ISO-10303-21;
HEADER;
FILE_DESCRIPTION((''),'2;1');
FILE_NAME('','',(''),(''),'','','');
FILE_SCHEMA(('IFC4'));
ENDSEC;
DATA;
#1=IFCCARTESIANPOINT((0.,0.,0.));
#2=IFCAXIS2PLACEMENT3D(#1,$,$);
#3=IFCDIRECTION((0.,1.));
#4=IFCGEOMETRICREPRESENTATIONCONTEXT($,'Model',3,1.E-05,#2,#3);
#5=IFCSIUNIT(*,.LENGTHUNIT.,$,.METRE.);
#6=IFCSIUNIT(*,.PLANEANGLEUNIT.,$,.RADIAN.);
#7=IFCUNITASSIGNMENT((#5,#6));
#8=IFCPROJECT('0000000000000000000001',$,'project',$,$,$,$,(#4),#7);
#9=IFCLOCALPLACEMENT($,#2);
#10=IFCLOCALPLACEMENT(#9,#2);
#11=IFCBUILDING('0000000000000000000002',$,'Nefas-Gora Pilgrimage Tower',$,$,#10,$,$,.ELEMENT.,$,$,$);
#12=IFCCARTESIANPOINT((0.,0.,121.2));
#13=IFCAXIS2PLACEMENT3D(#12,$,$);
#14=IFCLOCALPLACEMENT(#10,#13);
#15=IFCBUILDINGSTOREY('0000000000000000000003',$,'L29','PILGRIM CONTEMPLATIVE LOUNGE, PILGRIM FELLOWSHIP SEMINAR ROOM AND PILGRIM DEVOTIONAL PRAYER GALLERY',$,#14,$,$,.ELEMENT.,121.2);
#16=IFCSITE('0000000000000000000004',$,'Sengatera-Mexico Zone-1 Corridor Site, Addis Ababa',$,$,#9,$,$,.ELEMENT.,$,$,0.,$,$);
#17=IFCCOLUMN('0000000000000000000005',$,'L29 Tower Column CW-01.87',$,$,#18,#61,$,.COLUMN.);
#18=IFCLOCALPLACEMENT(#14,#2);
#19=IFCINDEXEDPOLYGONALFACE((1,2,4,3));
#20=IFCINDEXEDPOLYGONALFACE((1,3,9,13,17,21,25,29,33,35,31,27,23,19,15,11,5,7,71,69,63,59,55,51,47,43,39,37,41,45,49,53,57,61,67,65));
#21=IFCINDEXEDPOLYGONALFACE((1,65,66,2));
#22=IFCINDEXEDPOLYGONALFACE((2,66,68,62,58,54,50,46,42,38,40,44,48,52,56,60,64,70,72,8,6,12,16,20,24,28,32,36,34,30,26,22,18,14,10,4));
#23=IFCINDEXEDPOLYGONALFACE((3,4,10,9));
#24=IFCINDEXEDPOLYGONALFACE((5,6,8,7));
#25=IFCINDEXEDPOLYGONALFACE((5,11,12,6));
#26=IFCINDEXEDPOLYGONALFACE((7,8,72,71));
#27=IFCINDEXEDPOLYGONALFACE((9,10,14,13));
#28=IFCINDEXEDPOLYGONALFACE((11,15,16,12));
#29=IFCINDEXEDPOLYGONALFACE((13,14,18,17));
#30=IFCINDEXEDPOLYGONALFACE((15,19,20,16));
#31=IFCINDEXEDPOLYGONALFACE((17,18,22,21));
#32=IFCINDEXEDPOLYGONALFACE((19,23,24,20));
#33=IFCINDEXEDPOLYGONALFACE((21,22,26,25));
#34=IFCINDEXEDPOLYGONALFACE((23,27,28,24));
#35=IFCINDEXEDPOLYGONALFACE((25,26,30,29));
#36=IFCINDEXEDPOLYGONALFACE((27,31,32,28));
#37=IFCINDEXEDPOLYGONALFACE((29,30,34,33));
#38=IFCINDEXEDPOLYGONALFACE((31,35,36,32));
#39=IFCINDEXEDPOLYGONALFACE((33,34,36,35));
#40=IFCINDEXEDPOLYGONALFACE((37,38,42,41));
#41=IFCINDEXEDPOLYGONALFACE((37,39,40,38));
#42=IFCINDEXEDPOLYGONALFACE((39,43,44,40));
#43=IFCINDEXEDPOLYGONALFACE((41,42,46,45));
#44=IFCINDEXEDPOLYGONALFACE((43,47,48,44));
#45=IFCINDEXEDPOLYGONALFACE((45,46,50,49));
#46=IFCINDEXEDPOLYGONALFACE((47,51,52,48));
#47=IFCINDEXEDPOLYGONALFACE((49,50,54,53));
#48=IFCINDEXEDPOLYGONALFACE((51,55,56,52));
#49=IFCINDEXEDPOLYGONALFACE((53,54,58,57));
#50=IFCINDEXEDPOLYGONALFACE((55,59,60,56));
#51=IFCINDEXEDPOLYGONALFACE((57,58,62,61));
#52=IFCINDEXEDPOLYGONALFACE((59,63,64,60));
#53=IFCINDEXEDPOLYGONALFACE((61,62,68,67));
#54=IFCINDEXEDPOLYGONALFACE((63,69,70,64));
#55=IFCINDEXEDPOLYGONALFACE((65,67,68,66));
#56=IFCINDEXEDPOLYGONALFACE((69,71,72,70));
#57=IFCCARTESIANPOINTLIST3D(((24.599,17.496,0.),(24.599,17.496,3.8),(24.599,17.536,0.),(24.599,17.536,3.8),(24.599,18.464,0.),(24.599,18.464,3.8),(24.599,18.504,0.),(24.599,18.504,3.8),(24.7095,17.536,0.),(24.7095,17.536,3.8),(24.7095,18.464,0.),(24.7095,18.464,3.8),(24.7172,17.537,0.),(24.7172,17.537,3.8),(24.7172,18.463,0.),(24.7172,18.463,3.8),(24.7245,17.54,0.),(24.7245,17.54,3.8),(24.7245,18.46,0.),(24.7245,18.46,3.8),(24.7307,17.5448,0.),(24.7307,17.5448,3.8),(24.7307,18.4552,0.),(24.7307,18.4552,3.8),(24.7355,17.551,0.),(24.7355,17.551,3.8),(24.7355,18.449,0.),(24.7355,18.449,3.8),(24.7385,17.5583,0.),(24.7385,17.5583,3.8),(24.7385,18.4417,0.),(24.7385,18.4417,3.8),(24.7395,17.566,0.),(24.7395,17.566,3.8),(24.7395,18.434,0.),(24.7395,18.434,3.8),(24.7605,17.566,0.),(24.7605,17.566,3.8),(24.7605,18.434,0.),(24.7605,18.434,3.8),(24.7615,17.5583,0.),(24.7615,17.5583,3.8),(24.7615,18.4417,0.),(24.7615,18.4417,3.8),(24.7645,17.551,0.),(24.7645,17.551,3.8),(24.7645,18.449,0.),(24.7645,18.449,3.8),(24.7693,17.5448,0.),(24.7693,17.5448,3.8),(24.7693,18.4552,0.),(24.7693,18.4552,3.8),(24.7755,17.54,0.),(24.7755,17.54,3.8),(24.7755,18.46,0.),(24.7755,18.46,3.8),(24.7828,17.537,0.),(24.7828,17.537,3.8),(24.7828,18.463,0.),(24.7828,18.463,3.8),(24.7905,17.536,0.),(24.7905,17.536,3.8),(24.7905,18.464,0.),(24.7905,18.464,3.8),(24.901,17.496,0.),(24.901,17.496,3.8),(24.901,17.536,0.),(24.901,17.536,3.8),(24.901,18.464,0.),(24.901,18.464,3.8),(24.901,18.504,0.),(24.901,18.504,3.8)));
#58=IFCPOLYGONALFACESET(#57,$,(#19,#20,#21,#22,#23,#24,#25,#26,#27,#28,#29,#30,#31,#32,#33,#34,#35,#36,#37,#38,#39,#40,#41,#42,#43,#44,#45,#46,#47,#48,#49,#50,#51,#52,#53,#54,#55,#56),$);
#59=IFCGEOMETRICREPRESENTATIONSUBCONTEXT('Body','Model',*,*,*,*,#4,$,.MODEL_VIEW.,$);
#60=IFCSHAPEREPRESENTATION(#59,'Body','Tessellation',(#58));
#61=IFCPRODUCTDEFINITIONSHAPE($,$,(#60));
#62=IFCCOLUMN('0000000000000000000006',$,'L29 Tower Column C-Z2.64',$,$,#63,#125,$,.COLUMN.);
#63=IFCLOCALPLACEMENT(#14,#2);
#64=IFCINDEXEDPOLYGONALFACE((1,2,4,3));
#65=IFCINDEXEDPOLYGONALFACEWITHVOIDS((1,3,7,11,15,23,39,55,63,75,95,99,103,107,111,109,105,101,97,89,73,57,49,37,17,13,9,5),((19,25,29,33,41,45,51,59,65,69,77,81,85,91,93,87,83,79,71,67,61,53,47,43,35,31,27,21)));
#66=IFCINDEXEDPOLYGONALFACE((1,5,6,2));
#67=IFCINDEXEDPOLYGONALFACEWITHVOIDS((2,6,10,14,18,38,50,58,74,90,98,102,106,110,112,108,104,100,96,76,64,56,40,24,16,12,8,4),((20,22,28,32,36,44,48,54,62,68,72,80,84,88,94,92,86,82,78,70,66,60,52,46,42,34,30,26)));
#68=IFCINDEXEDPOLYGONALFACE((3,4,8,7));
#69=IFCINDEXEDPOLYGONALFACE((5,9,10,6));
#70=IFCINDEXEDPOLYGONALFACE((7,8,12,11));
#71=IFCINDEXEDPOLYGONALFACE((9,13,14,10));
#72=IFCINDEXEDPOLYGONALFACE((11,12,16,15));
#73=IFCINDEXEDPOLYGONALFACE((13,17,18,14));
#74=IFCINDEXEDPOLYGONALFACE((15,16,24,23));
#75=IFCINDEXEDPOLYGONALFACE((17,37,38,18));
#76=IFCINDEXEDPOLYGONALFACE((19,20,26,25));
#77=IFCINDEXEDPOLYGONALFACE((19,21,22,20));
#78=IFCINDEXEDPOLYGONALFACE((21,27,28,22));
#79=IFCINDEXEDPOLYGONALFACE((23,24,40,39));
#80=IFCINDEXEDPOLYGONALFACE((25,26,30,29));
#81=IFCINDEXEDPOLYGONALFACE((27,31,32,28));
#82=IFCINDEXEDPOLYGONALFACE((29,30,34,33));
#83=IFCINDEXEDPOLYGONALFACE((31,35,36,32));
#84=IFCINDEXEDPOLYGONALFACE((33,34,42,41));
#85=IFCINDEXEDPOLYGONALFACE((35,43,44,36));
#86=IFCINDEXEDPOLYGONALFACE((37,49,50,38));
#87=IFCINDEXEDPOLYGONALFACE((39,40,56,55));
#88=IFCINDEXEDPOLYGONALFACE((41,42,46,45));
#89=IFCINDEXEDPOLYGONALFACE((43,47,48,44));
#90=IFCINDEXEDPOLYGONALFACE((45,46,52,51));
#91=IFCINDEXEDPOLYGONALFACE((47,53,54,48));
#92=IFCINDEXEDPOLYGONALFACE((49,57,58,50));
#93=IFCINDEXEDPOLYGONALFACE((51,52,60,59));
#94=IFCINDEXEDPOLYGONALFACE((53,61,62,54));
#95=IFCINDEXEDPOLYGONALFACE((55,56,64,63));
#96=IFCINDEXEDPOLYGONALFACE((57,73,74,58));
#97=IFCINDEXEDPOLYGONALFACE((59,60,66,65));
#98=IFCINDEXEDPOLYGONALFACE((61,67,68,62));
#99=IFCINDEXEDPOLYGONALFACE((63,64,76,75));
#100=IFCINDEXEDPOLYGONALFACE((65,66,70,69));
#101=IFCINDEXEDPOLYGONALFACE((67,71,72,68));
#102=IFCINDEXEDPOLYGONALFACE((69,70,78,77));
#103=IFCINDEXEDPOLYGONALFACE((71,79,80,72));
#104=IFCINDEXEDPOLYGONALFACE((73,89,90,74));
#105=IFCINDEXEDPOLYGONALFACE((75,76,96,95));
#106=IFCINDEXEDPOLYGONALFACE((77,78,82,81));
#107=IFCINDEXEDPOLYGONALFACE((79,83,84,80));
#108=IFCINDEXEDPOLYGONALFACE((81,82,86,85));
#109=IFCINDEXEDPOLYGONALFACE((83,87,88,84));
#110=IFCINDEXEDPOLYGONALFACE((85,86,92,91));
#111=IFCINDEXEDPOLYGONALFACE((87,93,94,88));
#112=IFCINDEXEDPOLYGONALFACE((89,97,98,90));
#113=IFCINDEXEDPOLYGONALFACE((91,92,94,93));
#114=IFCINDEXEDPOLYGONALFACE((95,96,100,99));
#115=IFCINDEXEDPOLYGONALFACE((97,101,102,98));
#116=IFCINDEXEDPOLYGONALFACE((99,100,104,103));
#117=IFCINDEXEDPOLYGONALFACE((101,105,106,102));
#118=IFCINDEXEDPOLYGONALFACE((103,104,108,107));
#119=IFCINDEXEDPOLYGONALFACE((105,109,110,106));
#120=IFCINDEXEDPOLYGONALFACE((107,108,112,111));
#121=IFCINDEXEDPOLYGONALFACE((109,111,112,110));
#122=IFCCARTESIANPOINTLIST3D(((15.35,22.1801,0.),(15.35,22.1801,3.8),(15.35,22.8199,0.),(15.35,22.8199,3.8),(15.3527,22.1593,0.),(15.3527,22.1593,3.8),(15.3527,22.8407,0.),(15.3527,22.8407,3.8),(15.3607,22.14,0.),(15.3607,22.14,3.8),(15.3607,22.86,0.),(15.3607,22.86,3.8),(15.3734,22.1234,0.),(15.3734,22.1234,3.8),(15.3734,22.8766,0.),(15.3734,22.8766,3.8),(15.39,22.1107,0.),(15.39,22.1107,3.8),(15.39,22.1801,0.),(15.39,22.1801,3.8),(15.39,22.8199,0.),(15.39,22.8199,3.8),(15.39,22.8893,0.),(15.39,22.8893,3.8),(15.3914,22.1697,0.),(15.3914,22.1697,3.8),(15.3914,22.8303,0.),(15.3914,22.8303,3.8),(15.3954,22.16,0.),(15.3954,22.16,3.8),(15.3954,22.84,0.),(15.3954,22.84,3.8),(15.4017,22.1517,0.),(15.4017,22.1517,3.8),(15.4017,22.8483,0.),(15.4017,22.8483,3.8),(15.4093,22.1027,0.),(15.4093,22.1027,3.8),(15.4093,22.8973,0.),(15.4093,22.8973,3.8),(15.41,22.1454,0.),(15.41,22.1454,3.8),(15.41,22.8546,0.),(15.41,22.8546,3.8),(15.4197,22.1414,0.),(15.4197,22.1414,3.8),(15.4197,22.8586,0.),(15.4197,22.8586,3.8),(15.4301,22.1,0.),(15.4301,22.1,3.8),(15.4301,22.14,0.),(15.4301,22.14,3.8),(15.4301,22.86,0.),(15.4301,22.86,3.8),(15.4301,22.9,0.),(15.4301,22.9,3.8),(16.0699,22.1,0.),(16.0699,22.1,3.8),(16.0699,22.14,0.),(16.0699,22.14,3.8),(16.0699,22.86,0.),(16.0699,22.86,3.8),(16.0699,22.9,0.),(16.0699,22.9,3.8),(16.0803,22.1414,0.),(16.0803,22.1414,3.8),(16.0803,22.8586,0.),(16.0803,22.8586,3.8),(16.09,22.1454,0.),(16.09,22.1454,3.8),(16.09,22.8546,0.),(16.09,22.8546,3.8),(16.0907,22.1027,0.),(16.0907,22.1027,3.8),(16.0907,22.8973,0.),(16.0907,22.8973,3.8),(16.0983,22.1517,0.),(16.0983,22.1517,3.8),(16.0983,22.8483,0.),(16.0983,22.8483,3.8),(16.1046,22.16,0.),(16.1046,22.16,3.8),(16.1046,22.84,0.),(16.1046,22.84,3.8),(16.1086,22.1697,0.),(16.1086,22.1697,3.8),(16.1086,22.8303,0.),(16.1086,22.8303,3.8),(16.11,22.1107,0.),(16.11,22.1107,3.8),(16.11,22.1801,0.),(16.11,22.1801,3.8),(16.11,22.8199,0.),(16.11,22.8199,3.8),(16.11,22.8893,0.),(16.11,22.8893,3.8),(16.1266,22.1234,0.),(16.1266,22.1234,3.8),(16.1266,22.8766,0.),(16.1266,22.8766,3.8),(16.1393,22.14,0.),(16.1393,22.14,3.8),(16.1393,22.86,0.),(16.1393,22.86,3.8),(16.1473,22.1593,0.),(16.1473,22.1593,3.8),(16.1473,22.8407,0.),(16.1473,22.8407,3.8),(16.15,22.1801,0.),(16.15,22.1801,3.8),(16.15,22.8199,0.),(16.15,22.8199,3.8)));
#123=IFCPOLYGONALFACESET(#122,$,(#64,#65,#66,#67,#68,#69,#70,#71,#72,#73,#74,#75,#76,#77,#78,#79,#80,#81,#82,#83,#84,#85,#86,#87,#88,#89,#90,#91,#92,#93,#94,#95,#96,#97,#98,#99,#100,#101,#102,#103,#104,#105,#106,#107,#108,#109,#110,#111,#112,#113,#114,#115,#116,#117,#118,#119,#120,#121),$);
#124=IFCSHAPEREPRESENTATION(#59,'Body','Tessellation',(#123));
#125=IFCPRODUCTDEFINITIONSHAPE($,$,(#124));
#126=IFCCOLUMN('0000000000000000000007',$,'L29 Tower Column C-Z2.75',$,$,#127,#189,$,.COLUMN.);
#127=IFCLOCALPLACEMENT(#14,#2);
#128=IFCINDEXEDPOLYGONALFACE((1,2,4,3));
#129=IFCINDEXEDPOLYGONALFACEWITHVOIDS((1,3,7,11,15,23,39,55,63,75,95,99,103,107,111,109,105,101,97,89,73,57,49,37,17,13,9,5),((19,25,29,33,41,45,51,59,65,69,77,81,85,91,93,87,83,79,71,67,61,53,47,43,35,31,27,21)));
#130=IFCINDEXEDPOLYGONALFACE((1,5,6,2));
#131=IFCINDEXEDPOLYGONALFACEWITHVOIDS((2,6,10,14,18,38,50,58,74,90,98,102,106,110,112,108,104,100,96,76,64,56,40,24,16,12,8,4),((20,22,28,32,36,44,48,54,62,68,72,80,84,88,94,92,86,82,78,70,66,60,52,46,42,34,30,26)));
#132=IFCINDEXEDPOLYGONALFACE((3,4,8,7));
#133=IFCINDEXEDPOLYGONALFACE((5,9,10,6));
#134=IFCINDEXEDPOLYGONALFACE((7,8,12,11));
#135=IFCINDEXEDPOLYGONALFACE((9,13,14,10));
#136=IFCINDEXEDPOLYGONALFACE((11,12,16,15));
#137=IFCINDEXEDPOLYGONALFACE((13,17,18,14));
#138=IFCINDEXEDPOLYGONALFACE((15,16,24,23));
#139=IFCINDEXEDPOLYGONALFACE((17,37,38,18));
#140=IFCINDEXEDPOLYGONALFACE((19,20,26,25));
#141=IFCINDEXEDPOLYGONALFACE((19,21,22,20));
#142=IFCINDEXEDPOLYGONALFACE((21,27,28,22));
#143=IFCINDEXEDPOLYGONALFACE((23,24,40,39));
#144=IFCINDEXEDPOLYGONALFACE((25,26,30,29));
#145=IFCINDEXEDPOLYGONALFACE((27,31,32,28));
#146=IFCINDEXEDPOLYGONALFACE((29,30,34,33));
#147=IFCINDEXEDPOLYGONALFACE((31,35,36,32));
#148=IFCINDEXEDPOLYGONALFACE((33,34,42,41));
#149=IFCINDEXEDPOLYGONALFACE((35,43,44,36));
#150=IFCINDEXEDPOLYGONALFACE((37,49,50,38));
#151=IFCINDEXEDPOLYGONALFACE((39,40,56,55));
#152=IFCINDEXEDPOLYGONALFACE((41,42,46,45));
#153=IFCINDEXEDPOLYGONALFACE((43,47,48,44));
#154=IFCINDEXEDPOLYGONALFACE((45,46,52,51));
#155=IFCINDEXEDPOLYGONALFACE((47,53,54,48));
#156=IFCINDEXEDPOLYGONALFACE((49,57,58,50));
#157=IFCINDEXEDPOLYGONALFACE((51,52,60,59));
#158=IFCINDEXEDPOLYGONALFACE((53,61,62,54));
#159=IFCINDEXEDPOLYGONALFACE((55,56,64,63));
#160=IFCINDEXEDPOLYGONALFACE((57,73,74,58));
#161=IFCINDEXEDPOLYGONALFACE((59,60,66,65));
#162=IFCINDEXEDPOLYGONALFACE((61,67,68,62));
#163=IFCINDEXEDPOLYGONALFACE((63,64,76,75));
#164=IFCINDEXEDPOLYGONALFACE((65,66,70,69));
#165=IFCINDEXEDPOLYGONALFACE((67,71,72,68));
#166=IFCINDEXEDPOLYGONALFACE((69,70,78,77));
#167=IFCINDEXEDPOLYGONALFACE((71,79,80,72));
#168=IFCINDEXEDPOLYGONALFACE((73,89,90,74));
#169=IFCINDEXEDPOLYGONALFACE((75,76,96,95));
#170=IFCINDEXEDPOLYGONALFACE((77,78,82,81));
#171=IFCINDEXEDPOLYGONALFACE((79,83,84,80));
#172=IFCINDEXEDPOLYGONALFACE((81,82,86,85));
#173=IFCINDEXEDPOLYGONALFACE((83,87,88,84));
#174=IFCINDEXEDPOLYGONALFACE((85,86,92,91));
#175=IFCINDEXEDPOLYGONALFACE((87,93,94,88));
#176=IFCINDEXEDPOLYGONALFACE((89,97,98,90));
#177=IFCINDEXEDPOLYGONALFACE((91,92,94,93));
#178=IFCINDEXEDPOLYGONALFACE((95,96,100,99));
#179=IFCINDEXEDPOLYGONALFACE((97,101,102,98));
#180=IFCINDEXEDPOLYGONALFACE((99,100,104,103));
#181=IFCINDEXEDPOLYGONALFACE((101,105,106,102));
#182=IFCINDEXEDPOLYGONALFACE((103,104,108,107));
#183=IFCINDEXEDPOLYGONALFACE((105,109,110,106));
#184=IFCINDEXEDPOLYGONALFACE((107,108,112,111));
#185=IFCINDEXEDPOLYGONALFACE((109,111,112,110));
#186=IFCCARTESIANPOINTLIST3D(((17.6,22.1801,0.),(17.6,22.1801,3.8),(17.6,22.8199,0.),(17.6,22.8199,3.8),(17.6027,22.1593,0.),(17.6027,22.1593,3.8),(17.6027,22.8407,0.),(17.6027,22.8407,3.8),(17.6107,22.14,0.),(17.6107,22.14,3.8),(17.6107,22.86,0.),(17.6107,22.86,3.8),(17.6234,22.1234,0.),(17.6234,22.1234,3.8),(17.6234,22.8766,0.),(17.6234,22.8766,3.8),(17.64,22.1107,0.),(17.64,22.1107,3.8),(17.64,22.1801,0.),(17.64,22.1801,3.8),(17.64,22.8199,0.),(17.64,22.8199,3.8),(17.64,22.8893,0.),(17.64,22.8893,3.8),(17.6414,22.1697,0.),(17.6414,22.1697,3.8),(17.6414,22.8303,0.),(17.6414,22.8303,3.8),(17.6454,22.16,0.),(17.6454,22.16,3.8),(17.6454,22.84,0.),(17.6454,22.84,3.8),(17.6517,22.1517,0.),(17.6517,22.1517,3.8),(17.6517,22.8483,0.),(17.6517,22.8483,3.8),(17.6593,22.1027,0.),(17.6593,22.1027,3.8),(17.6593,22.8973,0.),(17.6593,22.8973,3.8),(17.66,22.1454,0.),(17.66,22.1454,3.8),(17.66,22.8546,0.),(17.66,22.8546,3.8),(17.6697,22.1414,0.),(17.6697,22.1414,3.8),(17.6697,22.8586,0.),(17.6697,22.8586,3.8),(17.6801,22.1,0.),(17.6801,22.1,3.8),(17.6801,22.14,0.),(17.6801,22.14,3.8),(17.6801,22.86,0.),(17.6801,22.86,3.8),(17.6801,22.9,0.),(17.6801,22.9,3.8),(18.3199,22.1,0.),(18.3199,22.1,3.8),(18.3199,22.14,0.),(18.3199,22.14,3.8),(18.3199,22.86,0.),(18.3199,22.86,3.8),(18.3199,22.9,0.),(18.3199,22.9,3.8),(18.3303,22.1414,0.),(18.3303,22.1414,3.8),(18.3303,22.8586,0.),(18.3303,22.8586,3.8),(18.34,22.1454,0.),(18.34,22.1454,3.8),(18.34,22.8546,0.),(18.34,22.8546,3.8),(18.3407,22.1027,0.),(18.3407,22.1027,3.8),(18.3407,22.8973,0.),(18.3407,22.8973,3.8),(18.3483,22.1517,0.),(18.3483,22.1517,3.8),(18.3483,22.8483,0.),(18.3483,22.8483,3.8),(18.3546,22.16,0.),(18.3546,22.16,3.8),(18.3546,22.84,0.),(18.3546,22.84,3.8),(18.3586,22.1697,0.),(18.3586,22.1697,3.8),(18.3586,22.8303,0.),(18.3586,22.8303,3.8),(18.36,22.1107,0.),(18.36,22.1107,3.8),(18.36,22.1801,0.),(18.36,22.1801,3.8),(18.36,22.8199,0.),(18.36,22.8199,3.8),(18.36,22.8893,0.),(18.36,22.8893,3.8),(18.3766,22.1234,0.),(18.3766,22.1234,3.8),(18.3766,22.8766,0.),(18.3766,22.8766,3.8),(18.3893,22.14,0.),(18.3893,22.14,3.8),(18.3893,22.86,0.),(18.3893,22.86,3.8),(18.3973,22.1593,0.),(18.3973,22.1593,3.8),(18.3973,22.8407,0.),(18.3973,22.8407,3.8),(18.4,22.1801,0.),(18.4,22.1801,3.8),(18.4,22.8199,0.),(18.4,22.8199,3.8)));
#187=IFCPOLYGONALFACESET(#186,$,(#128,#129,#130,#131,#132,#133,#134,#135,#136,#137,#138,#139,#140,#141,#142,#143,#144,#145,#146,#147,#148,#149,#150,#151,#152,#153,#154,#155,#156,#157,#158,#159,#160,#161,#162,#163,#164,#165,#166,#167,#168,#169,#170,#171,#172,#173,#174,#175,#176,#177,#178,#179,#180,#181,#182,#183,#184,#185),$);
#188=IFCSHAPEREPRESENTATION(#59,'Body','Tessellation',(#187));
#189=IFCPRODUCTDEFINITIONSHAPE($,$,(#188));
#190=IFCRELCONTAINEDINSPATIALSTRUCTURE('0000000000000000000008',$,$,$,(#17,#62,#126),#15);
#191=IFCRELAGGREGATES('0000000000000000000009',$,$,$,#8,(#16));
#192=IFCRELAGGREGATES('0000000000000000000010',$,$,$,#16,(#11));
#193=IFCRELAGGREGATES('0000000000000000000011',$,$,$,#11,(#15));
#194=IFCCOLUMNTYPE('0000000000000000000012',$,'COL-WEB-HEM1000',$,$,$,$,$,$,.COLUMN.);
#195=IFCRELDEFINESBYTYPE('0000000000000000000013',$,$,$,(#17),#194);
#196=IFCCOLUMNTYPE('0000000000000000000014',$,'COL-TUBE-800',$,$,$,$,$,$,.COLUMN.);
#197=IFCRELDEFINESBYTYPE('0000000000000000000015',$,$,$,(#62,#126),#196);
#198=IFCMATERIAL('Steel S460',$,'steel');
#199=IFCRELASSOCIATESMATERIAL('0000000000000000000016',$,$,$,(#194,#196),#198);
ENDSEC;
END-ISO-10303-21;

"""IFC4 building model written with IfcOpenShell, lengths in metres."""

from ifc_helpers import new_model, si_unit, direction, frame, origin, origin_2d, place, context, subcontext, project, spatial, hollow_rectangle, i_section, extrude, source, transform, mapped, material, material_profile, profile_set, type_object, element, save


model = new_model("IFC4")

# Units and contexts
model_context = context("Model", 3, precision=1e-05, world=origin(), true_north=direction((0.0, 1.0)))
body_context = subcontext(model_context, "Body", "Model", "MODEL_VIEW")
ifc_project = project(units=[si_unit("LENGTHUNIT", "METRE"), si_unit("PLANEANGLEUNIT", "RADIAN")], contexts=[model_context])

# Site, building, storey
site_placement = place(None, origin())
site = spatial("IfcSite", under=ifc_project, at=site_placement, Name="Sengatera-Mexico Zone-1 Corridor Site, Addis Ababa", CompositionType="ELEMENT", RefElevation=0.0)
building_placement = place(site_placement, origin())
building = spatial("IfcBuilding", under=site, at=building_placement, Name="Nefas-Gora Pilgrimage Tower", CompositionType="ELEMENT")
storey_placement = place(building_placement, frame((0.0, 0.0, 121.2)))
storey = spatial("IfcBuildingStorey", under=building, at=storey_placement, Name="L29", Description="PILGRIM CONTEMPLATIVE LOUNGE, PILGRIM FELLOWSHIP SEMINAR ROOM AND PILGRIM DEVOTIONAL PRAYER GALLERY", CompositionType="ELEMENT", Elevation=121.2)

# Columns
ifc_material_1 = material(Name="Steel S460", Category="steel")
ifc_material_profile_1 = material_profile(ifc_material_1, i_section(OverallWidth=0.302, OverallDepth=1.0081, WebThickness=0.021, FlangeThickness=0.04, FilletRadius=0.03, at=origin_2d()), Name="HEM 1000")
ifc_profile_set_1 = profile_set([ifc_material_profile_1], Name="Steel S460")
column_type_1 = type_object("IfcColumnType", Name="COL-WEB-HEM1000", PredefinedType="COLUMN", material=ifc_profile_set_1)
shared_shape_1 = source(origin(), body_context, "Body", "SweptSolid", [
    extrude(i_section(OverallWidth=0.302, OverallDepth=1.0081, WebThickness=0.021, FlangeThickness=0.04, FilletRadius=0.03, at=origin_2d()), origin(), (0.0, 0.0, 1.0), 3.8),
])
for number, where, z_axis, x_axis, name in (
    (1, (24.75, 18.0, 0.0), (0.0, 0.0, 1.0), (1.0, 0.0, 0.0), "L29 Tower Column CW-01.87"),
):
    element("IfcColumn", number, at=place(storey_placement, frame(where, z_axis=z_axis, x_axis=x_axis)), inside=storey, type_object=column_type_1, Name=name, PredefinedType="COLUMN", context=body_context, shape_type="MappedRepresentation", body=[
        mapped(shared_shape_1, transform((0.0, 0.0, 0.0), x_axis=(1.0, 0.0, 0.0), y_axis=(0.0, 1.0, 0.0), z_axis=(0.0, 0.0, 1.0), scale=1.0)),
    ])
ifc_material_profile_2 = material_profile(ifc_material_1, hollow_rectangle(XDim=0.8, YDim=0.8, WallThickness=0.04, InnerFilletRadius=0.04, OuterFilletRadius=0.0801, at=origin_2d()), Name="BOX 800x800x40")
ifc_profile_set_2 = profile_set([ifc_material_profile_2], Name="Steel S460")
column_type_2 = type_object("IfcColumnType", Name="COL-TUBE-800", PredefinedType="COLUMN", material=ifc_profile_set_2)
shared_shape_2 = source(origin(), body_context, "Body", "SweptSolid", [
    extrude(hollow_rectangle(XDim=0.8, YDim=0.8, WallThickness=0.04, InnerFilletRadius=0.04, OuterFilletRadius=0.0801, at=origin_2d()), origin(), (0.0, 0.0, 1.0), 3.8),
])
for number, where, z_axis, x_axis, name in (
    (2, (15.75, 22.5, 0.0), (0.0, 0.0, 1.0), (1.0, 0.0, 0.0), "L29 Tower Column C-Z2.64"),
    (3, (18.0, 22.5, 0.0), (0.0, 0.0, 1.0), (1.0, 0.0, 0.0), "L29 Tower Column C-Z2.75"),
):
    element("IfcColumn", number, at=place(storey_placement, frame(where, z_axis=z_axis, x_axis=x_axis)), inside=storey, type_object=column_type_2, Name=name, PredefinedType="COLUMN", context=body_context, shape_type="MappedRepresentation", body=[
        mapped(shared_shape_2, transform((0.0, 0.0, 0.0), x_axis=(1.0, 0.0, 0.0), y_axis=(0.0, 1.0, 0.0), z_axis=(0.0, 0.0, 1.0), scale=1.0)),
    ])

save(model, "model.ifc")
